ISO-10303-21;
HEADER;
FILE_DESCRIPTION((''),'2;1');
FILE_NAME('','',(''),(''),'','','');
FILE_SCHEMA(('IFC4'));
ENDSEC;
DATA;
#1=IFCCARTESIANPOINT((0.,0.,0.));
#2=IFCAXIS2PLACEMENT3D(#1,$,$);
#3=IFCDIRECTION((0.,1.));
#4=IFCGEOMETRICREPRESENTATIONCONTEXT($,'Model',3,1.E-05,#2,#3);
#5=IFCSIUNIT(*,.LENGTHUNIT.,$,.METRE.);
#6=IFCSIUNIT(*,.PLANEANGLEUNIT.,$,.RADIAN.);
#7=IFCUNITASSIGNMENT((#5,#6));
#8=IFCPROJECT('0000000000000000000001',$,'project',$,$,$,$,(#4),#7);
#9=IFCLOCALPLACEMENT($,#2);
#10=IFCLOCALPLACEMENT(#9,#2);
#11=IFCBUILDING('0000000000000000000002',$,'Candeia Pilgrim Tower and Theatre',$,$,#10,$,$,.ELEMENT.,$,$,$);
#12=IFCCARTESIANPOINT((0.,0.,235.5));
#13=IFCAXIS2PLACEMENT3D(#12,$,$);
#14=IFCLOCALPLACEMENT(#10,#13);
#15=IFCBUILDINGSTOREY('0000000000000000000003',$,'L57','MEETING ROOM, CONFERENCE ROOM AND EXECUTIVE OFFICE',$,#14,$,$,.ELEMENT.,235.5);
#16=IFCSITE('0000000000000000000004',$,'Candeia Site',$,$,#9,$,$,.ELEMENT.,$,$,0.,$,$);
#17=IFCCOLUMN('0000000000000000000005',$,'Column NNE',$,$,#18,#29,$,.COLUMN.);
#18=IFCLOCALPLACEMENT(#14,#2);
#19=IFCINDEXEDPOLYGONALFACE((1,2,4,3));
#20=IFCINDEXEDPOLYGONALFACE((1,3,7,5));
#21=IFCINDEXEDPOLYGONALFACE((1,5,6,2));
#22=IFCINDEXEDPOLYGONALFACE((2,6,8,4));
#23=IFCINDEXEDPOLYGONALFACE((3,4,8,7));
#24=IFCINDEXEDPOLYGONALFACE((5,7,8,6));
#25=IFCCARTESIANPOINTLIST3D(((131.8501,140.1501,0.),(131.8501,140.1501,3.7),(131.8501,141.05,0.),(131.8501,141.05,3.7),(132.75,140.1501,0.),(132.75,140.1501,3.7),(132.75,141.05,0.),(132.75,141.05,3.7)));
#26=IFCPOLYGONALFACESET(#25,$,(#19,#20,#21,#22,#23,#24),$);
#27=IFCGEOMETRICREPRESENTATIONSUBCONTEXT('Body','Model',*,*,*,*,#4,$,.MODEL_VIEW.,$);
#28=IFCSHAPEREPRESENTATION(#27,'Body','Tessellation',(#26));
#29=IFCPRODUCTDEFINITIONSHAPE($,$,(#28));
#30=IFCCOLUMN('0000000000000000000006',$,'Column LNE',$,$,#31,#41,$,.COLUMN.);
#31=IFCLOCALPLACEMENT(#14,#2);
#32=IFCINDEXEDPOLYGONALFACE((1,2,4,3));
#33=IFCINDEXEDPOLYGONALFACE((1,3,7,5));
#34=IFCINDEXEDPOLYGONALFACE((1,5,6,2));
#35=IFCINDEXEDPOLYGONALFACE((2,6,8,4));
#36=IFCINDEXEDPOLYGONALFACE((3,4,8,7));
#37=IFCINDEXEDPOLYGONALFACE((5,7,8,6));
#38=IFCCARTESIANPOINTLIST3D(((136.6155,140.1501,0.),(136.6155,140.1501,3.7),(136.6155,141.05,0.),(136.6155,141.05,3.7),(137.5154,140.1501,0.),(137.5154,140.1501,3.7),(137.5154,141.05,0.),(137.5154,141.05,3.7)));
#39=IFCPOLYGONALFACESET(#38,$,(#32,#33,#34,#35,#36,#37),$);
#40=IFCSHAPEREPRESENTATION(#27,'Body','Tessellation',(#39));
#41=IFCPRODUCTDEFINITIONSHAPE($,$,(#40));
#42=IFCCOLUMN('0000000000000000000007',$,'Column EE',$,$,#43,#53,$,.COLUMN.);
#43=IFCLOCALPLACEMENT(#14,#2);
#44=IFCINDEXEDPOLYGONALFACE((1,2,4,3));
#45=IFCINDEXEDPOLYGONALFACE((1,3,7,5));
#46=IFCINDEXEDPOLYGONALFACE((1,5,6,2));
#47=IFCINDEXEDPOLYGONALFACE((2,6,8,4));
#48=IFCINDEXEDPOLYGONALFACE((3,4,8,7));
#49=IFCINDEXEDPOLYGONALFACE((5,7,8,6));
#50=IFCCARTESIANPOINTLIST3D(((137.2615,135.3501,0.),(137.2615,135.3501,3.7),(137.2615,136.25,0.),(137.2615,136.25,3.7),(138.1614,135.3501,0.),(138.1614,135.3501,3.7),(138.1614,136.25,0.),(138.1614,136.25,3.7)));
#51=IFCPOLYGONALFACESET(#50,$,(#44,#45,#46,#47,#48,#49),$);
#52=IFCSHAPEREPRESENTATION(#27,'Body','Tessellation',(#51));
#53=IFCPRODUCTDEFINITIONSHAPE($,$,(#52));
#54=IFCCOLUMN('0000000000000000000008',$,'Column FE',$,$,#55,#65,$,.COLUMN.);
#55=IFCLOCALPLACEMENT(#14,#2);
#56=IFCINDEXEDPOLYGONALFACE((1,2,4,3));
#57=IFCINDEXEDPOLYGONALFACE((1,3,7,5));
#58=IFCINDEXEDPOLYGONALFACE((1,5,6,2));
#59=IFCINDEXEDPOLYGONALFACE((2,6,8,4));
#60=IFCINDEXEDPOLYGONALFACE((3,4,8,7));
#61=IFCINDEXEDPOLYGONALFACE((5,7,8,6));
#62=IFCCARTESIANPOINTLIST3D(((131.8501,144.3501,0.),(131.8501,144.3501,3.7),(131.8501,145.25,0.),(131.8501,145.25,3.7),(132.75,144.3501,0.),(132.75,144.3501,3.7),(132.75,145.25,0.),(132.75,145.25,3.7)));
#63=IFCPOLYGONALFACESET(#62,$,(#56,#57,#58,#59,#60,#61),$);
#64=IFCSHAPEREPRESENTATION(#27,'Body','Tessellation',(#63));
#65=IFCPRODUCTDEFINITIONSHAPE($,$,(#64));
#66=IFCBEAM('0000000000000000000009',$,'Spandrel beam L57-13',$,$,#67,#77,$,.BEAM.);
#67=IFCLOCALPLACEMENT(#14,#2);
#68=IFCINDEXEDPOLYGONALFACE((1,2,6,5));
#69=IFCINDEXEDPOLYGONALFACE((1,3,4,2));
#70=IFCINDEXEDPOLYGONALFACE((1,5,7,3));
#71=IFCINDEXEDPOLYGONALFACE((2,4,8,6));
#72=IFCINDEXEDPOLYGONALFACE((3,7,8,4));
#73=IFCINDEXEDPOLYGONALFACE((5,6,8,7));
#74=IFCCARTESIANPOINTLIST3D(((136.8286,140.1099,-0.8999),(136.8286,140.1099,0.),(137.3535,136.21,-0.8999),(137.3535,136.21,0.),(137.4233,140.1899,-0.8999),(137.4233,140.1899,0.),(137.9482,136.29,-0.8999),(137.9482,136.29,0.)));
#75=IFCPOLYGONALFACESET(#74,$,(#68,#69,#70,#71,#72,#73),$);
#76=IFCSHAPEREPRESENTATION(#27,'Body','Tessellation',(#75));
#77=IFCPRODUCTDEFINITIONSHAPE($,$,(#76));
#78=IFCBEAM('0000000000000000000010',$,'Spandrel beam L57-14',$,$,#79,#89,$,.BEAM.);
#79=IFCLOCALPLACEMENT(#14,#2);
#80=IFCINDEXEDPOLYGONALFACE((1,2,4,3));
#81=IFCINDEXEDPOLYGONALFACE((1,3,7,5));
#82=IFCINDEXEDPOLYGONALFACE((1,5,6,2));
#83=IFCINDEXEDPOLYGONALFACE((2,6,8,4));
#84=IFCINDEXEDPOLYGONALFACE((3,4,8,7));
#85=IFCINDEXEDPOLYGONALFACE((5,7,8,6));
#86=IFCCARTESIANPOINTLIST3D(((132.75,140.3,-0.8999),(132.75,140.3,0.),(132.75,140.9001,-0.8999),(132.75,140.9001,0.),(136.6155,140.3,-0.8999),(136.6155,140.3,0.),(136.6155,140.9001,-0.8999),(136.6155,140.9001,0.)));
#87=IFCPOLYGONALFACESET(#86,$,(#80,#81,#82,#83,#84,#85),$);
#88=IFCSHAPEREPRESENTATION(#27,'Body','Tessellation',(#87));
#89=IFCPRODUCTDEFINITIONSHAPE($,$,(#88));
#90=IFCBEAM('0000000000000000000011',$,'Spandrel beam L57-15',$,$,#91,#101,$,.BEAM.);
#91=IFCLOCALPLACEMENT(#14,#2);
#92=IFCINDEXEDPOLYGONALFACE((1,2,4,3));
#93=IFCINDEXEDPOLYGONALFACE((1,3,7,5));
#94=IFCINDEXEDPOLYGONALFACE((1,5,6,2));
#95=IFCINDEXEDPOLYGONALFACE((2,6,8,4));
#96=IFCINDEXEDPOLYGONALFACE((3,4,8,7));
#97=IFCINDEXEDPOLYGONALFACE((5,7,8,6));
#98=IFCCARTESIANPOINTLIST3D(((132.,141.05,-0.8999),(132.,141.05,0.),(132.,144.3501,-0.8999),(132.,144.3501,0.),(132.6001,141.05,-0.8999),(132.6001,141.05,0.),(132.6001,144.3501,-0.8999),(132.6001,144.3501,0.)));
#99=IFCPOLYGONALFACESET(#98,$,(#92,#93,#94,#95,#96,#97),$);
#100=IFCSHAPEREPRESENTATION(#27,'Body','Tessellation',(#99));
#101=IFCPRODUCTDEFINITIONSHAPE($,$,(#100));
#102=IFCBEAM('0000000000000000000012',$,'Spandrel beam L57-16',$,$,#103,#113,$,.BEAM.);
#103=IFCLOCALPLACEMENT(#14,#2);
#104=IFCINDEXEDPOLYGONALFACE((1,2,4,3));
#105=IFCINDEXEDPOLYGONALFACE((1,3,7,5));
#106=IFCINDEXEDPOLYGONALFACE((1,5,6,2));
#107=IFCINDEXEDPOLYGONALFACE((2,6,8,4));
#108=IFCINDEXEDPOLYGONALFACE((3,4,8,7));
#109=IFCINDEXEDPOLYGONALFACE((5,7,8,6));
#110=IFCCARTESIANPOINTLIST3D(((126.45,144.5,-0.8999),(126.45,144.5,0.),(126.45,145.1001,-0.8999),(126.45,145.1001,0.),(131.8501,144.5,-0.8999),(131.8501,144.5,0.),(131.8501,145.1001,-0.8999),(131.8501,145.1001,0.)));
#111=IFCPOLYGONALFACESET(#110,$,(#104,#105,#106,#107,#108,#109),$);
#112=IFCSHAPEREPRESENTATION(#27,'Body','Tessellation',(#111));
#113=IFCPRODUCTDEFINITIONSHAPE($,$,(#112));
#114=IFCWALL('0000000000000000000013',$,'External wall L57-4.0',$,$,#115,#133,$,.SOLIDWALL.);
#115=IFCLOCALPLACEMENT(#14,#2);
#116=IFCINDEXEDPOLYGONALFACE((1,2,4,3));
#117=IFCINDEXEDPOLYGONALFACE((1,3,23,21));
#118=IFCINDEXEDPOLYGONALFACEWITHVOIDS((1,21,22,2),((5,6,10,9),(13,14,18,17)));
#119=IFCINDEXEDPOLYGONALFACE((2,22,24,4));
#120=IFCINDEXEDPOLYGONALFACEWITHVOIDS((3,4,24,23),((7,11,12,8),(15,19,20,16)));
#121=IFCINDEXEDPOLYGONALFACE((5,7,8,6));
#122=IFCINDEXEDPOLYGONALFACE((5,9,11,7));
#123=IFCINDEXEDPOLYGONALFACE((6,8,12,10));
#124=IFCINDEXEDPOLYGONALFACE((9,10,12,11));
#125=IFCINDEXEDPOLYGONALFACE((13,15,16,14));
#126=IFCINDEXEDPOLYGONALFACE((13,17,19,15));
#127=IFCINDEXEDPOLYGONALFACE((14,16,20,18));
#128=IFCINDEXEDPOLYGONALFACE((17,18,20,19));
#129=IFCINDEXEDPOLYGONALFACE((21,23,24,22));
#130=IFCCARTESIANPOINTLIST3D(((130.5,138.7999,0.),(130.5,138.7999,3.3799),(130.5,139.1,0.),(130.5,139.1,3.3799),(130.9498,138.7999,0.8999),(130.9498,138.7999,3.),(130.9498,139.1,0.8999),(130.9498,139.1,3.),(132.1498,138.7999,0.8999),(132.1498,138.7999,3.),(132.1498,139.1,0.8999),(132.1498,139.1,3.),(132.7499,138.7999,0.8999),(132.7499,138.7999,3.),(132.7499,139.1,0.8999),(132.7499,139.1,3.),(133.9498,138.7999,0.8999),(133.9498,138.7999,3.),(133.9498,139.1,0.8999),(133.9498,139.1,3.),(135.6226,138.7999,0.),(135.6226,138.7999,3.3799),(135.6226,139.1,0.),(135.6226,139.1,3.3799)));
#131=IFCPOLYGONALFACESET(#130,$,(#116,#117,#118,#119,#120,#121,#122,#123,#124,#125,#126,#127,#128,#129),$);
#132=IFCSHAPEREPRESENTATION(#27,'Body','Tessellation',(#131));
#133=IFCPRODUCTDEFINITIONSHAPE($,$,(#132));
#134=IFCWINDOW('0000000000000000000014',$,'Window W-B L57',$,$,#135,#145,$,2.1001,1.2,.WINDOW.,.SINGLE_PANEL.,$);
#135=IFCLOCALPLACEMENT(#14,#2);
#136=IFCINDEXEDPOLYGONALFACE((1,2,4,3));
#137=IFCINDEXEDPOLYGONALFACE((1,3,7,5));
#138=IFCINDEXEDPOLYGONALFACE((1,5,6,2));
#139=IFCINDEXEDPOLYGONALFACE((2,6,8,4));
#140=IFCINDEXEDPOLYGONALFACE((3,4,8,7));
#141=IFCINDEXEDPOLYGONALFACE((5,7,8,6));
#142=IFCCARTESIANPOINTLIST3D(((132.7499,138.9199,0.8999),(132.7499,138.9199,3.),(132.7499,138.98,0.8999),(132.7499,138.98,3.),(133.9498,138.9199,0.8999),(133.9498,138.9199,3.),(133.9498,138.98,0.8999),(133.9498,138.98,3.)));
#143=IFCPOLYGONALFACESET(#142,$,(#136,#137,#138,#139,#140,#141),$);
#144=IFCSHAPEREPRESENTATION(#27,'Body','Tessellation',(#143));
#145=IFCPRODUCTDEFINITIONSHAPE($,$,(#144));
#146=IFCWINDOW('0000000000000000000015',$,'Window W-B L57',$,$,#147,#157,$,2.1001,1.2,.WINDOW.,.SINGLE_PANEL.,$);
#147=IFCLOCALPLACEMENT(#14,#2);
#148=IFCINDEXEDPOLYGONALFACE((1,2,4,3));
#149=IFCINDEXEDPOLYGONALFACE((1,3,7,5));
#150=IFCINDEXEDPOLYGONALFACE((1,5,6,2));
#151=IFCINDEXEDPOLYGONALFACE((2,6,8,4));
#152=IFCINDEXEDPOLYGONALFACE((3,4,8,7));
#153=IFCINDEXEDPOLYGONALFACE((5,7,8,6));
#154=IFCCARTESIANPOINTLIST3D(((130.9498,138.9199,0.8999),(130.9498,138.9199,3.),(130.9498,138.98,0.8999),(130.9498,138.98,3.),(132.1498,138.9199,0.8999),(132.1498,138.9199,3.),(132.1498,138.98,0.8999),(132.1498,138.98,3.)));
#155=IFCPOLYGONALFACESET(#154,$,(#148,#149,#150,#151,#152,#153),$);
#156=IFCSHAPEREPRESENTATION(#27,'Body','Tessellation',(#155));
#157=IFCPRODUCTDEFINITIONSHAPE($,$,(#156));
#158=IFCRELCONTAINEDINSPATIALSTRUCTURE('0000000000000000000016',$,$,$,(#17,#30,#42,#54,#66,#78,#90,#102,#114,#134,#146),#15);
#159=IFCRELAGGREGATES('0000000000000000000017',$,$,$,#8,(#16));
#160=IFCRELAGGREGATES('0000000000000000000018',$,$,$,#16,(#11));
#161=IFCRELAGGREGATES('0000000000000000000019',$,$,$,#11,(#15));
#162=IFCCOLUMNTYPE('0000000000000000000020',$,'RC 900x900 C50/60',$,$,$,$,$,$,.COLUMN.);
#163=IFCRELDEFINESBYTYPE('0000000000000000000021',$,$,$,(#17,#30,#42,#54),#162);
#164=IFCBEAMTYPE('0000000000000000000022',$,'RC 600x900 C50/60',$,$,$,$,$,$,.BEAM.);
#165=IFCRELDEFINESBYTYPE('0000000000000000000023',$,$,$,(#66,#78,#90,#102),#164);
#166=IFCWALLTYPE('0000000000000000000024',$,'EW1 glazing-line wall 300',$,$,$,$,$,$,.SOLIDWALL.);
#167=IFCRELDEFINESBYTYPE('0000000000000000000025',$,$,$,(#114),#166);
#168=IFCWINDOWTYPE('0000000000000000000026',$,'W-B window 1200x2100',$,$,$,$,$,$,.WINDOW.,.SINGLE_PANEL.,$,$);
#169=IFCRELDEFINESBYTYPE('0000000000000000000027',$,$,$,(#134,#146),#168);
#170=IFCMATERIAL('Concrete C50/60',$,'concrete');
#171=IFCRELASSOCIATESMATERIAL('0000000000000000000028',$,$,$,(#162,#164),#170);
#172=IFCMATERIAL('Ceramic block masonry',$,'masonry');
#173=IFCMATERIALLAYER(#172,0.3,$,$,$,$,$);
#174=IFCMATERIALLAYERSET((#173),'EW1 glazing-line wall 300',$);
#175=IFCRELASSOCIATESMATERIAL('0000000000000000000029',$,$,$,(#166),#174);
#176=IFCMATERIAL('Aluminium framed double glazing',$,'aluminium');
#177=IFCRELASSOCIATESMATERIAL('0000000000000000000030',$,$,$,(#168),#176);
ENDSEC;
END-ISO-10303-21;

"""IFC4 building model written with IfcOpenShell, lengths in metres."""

from ifc_helpers import new_model, si_unit, direction, frame, frame_2d, origin, origin_2d, place, context, subcontext, project, spatial, rectangle, extrude, material, layer, layer_set, material_profile, profile_set, type_object, element, fill, save


model = new_model("IFC4")

# Units and contexts
model_context = context("Model", 3, precision=1e-05, world=origin(), true_north=direction((0.0, 1.0)))
body_context = subcontext(model_context, "Body", "Model", "MODEL_VIEW")
ifc_project = project(units=[si_unit("LENGTHUNIT", "METRE"), si_unit("PLANEANGLEUNIT", "RADIAN")], contexts=[model_context])

# Site, building, storey
site_placement = place(None, origin())
site = spatial("IfcSite", under=ifc_project, at=site_placement, Name="Candeia Site", CompositionType="ELEMENT", RefElevation=0.0)
building_placement = place(site_placement, origin())
building = spatial("IfcBuilding", under=site, at=building_placement, Name="Candeia Pilgrim Tower and Theatre", CompositionType="ELEMENT")
storey_placement = place(building_placement, frame((0.0, 0.0, 235.5)))
storey = spatial("IfcBuildingStorey", under=building, at=storey_placement, Name="L57", Description="MEETING ROOM, CONFERENCE ROOM AND EXECUTIVE OFFICE", CompositionType="ELEMENT", Elevation=235.5)

# Columns
ifc_material_1 = material(Name="Concrete C50/60", Category="concrete")
ifc_material_profile_1 = material_profile(ifc_material_1, rectangle(XDim=0.8999, YDim=0.8999, at=origin_2d()))
ifc_profile_set_1 = profile_set([ifc_material_profile_1], Name="Concrete C50/60")
column_type = type_object("IfcColumnType", Name="RC 900x900 C50/60", PredefinedType="COLUMN", material=ifc_profile_set_1)
for number, where, z_axis, x_axis, name in (
    (1, (132.3, 140.6001, 0.0), (0.0, 0.0, 1.0), (1.0, 0.0, 0.0), "Column NNE"),
    (2, (137.0654, 140.6001, 0.0), (0.0, 0.0, 1.0), (1.0, 0.0, 0.0), "Column LNE"),
    (3, (137.7114, 135.8, 0.0), (0.0, 0.0, 1.0), (1.0, 0.0, 0.0), "Column EE"),
    (4, (132.3, 144.8, 0.0), (0.0, 0.0, 1.0), (1.0, 0.0, 0.0), "Column FE"),
):
    element("IfcColumn", number, at=place(storey_placement, frame(where, z_axis=z_axis, x_axis=x_axis)), inside=storey, type_object=column_type, Name=name, PredefinedType="COLUMN", context=body_context, shape_type="SweptSolid", body=[
        extrude(rectangle(XDim=0.8999, YDim=0.8999, at=origin_2d()), origin(), (0.0, 0.0, 1.0), 3.7),
    ])

# Beams
ifc_material_profile_2 = material_profile(ifc_material_1, rectangle(XDim=0.6001, YDim=0.8999, at=origin_2d()))
ifc_profile_set_2 = profile_set([ifc_material_profile_2], Name="Concrete C50/60")
beam_type = type_object("IfcBeamType", Name="RC 600x900 C50/60", PredefinedType="BEAM", material=ifc_profile_set_2)
beam_1_placement = place(storey_placement, frame((137.6509, 136.25, -0.45), z_axis=(-0.133391, 0.991064, 0.0), x_axis=(-0.991064, -0.133391, 0.0)))
element("IfcBeam", 5, at=beam_1_placement, inside=storey, type_object=beam_type, Name="Spandrel beam L57-13", PredefinedType="BEAM", context=body_context, shape_type="SweptSolid", body=[
    extrude(rectangle(XDim=0.6001, YDim=0.8999, at=origin_2d()), origin(), (0.0, 0.0, 1.0), 3.9351),
])
beam_2_placement = place(storey_placement, frame((136.6155, 140.6001, -0.45), z_axis=(-1.0, 0.0, 0.0), x_axis=(0.0, -1.0, 0.0)))
element("IfcBeam", 6, at=beam_2_placement, inside=storey, type_object=beam_type, Name="Spandrel beam L57-14", PredefinedType="BEAM", context=body_context, shape_type="SweptSolid", body=[
    extrude(rectangle(XDim=0.6001, YDim=0.8999, at=origin_2d()), origin(), (0.0, 0.0, 1.0), 3.8655),
])
beam_3_placement = place(storey_placement, frame((132.3, 141.05, -0.45), z_axis=(0.0, 1.0, 0.0), x_axis=(-1.0, 0.0, 0.0)))
element("IfcBeam", 7, at=beam_3_placement, inside=storey, type_object=beam_type, Name="Spandrel beam L57-15", PredefinedType="BEAM", context=body_context, shape_type="SweptSolid", body=[
    extrude(rectangle(XDim=0.6001, YDim=0.8999, at=origin_2d()), origin(), (0.0, 0.0, 1.0), 3.3),
])
beam_4_placement = place(storey_placement, frame((131.8501, 144.8, -0.45), z_axis=(-1.0, 0.0, 0.0), x_axis=(0.0, -1.0, 0.0)))
element("IfcBeam", 8, at=beam_4_placement, inside=storey, type_object=beam_type, Name="Spandrel beam L57-16", PredefinedType="BEAM", context=body_context, shape_type="SweptSolid", body=[
    extrude(rectangle(XDim=0.6001, YDim=0.8999, at=origin_2d()), origin(), (0.0, 0.0, 1.0), 5.4001),
])

# Wall, openings, windows
ifc_material_2 = material(Name="Ceramic block masonry", Category="masonry")
ifc_layer_1 = layer(ifc_material_2, 0.3)
ifc_layer_set_1 = layer_set([ifc_layer_1], Name="EW1 glazing-line wall 300")
wall_type_1 = type_object("IfcWallType", Name="EW1 glazing-line wall 300", PredefinedType="SOLIDWALL", material=ifc_layer_set_1)
wall_1_placement = place(storey_placement, frame((135.6226, 138.95, 0.0), z_axis=(0.0, 0.0, 1.0), x_axis=(-1.0, 0.0, 0.0)))
wall_1 = element("IfcWall", 9, at=wall_1_placement, inside=storey, type_object=wall_type_1, Name="External wall L57-4.0", PredefinedType="SOLIDWALL", context=body_context, shape_type="SweptSolid", body=[
    extrude(rectangle(XDim=5.1226, YDim=0.3, at=frame_2d((2.5613, 0.0))), origin(), (0.0, 0.0, 1.0), 3.3799),
])
opening_1_placement = place(wall_1_placement, frame((1.6726, 0.0, 0.8999)))
opening_1 = element("IfcOpeningElement", 10, at=opening_1_placement, cuts=wall_1, PredefinedType="OPENING", context=body_context, shape_type="SweptSolid", body=[
    extrude(rectangle(XDim=1.2, YDim=2.1001, at=frame_2d((0.6001, 1.05))), frame((0.0, 0.1602, 0.0), z_axis=(0.0, -1.0, 0.0), x_axis=(1.0, 0.0, 0.0)), (0.0, 0.0, 1.0), 0.3201),
])
opening_2_placement = place(wall_1_placement, frame((3.4727, 0.0, 0.8999)))
opening_2 = element("IfcOpeningElement", 11, at=opening_2_placement, cuts=wall_1, PredefinedType="OPENING", context=body_context, shape_type="SweptSolid", body=[
    extrude(rectangle(XDim=1.2, YDim=2.1001, at=frame_2d((0.6001, 1.05))), frame((0.0, 0.1602, 0.0), z_axis=(0.0, -1.0, 0.0), x_axis=(1.0, 0.0, 0.0)), (0.0, 0.0, 1.0), 0.3201),
])
ifc_material_3 = material(Name="Aluminium framed double glazing", Category="aluminium")
window_type_1 = type_object("IfcWindowType", Name="W-B window 1200x2100", PartitioningType="SINGLE_PANEL", PredefinedType="WINDOW", material=ifc_material_3)
window_1_placement = place(opening_1_placement, origin())
window_1 = element("IfcWindow", 12, at=window_1_placement, inside=storey, type_object=window_type_1, Name="Window W-B L57", OverallHeight=2.1001, OverallWidth=1.2, PartitioningType="SINGLE_PANEL", PredefinedType="WINDOW", context=body_context, shape_type="SweptSolid", body=[
    extrude(rectangle(XDim=1.2, YDim=2.1001, at=frame_2d((0.6001, 1.05))), frame((0.0, 0.03, 0.0), z_axis=(0.0, -1.0, 0.0), x_axis=(1.0, 0.0, 0.0)), (0.0, 0.0, 1.0), 0.0601),
])
fill(opening_1, window_1)
window_2_placement = place(opening_2_placement, origin())
window_2 = element("IfcWindow", 13, at=window_2_placement, inside=storey, type_object=window_type_1, Name="Window W-B L57", OverallHeight=2.1001, OverallWidth=1.2, PartitioningType="SINGLE_PANEL", PredefinedType="WINDOW", context=body_context, shape_type="SweptSolid", body=[
    extrude(rectangle(XDim=1.2, YDim=2.1001, at=frame_2d((0.6001, 1.05))), frame((0.0, 0.03, 0.0), z_axis=(0.0, -1.0, 0.0), x_axis=(1.0, 0.0, 0.0)), (0.0, 0.0, 1.0), 0.0601),
])
fill(opening_2, window_2)

save(model, "model.ifc")
